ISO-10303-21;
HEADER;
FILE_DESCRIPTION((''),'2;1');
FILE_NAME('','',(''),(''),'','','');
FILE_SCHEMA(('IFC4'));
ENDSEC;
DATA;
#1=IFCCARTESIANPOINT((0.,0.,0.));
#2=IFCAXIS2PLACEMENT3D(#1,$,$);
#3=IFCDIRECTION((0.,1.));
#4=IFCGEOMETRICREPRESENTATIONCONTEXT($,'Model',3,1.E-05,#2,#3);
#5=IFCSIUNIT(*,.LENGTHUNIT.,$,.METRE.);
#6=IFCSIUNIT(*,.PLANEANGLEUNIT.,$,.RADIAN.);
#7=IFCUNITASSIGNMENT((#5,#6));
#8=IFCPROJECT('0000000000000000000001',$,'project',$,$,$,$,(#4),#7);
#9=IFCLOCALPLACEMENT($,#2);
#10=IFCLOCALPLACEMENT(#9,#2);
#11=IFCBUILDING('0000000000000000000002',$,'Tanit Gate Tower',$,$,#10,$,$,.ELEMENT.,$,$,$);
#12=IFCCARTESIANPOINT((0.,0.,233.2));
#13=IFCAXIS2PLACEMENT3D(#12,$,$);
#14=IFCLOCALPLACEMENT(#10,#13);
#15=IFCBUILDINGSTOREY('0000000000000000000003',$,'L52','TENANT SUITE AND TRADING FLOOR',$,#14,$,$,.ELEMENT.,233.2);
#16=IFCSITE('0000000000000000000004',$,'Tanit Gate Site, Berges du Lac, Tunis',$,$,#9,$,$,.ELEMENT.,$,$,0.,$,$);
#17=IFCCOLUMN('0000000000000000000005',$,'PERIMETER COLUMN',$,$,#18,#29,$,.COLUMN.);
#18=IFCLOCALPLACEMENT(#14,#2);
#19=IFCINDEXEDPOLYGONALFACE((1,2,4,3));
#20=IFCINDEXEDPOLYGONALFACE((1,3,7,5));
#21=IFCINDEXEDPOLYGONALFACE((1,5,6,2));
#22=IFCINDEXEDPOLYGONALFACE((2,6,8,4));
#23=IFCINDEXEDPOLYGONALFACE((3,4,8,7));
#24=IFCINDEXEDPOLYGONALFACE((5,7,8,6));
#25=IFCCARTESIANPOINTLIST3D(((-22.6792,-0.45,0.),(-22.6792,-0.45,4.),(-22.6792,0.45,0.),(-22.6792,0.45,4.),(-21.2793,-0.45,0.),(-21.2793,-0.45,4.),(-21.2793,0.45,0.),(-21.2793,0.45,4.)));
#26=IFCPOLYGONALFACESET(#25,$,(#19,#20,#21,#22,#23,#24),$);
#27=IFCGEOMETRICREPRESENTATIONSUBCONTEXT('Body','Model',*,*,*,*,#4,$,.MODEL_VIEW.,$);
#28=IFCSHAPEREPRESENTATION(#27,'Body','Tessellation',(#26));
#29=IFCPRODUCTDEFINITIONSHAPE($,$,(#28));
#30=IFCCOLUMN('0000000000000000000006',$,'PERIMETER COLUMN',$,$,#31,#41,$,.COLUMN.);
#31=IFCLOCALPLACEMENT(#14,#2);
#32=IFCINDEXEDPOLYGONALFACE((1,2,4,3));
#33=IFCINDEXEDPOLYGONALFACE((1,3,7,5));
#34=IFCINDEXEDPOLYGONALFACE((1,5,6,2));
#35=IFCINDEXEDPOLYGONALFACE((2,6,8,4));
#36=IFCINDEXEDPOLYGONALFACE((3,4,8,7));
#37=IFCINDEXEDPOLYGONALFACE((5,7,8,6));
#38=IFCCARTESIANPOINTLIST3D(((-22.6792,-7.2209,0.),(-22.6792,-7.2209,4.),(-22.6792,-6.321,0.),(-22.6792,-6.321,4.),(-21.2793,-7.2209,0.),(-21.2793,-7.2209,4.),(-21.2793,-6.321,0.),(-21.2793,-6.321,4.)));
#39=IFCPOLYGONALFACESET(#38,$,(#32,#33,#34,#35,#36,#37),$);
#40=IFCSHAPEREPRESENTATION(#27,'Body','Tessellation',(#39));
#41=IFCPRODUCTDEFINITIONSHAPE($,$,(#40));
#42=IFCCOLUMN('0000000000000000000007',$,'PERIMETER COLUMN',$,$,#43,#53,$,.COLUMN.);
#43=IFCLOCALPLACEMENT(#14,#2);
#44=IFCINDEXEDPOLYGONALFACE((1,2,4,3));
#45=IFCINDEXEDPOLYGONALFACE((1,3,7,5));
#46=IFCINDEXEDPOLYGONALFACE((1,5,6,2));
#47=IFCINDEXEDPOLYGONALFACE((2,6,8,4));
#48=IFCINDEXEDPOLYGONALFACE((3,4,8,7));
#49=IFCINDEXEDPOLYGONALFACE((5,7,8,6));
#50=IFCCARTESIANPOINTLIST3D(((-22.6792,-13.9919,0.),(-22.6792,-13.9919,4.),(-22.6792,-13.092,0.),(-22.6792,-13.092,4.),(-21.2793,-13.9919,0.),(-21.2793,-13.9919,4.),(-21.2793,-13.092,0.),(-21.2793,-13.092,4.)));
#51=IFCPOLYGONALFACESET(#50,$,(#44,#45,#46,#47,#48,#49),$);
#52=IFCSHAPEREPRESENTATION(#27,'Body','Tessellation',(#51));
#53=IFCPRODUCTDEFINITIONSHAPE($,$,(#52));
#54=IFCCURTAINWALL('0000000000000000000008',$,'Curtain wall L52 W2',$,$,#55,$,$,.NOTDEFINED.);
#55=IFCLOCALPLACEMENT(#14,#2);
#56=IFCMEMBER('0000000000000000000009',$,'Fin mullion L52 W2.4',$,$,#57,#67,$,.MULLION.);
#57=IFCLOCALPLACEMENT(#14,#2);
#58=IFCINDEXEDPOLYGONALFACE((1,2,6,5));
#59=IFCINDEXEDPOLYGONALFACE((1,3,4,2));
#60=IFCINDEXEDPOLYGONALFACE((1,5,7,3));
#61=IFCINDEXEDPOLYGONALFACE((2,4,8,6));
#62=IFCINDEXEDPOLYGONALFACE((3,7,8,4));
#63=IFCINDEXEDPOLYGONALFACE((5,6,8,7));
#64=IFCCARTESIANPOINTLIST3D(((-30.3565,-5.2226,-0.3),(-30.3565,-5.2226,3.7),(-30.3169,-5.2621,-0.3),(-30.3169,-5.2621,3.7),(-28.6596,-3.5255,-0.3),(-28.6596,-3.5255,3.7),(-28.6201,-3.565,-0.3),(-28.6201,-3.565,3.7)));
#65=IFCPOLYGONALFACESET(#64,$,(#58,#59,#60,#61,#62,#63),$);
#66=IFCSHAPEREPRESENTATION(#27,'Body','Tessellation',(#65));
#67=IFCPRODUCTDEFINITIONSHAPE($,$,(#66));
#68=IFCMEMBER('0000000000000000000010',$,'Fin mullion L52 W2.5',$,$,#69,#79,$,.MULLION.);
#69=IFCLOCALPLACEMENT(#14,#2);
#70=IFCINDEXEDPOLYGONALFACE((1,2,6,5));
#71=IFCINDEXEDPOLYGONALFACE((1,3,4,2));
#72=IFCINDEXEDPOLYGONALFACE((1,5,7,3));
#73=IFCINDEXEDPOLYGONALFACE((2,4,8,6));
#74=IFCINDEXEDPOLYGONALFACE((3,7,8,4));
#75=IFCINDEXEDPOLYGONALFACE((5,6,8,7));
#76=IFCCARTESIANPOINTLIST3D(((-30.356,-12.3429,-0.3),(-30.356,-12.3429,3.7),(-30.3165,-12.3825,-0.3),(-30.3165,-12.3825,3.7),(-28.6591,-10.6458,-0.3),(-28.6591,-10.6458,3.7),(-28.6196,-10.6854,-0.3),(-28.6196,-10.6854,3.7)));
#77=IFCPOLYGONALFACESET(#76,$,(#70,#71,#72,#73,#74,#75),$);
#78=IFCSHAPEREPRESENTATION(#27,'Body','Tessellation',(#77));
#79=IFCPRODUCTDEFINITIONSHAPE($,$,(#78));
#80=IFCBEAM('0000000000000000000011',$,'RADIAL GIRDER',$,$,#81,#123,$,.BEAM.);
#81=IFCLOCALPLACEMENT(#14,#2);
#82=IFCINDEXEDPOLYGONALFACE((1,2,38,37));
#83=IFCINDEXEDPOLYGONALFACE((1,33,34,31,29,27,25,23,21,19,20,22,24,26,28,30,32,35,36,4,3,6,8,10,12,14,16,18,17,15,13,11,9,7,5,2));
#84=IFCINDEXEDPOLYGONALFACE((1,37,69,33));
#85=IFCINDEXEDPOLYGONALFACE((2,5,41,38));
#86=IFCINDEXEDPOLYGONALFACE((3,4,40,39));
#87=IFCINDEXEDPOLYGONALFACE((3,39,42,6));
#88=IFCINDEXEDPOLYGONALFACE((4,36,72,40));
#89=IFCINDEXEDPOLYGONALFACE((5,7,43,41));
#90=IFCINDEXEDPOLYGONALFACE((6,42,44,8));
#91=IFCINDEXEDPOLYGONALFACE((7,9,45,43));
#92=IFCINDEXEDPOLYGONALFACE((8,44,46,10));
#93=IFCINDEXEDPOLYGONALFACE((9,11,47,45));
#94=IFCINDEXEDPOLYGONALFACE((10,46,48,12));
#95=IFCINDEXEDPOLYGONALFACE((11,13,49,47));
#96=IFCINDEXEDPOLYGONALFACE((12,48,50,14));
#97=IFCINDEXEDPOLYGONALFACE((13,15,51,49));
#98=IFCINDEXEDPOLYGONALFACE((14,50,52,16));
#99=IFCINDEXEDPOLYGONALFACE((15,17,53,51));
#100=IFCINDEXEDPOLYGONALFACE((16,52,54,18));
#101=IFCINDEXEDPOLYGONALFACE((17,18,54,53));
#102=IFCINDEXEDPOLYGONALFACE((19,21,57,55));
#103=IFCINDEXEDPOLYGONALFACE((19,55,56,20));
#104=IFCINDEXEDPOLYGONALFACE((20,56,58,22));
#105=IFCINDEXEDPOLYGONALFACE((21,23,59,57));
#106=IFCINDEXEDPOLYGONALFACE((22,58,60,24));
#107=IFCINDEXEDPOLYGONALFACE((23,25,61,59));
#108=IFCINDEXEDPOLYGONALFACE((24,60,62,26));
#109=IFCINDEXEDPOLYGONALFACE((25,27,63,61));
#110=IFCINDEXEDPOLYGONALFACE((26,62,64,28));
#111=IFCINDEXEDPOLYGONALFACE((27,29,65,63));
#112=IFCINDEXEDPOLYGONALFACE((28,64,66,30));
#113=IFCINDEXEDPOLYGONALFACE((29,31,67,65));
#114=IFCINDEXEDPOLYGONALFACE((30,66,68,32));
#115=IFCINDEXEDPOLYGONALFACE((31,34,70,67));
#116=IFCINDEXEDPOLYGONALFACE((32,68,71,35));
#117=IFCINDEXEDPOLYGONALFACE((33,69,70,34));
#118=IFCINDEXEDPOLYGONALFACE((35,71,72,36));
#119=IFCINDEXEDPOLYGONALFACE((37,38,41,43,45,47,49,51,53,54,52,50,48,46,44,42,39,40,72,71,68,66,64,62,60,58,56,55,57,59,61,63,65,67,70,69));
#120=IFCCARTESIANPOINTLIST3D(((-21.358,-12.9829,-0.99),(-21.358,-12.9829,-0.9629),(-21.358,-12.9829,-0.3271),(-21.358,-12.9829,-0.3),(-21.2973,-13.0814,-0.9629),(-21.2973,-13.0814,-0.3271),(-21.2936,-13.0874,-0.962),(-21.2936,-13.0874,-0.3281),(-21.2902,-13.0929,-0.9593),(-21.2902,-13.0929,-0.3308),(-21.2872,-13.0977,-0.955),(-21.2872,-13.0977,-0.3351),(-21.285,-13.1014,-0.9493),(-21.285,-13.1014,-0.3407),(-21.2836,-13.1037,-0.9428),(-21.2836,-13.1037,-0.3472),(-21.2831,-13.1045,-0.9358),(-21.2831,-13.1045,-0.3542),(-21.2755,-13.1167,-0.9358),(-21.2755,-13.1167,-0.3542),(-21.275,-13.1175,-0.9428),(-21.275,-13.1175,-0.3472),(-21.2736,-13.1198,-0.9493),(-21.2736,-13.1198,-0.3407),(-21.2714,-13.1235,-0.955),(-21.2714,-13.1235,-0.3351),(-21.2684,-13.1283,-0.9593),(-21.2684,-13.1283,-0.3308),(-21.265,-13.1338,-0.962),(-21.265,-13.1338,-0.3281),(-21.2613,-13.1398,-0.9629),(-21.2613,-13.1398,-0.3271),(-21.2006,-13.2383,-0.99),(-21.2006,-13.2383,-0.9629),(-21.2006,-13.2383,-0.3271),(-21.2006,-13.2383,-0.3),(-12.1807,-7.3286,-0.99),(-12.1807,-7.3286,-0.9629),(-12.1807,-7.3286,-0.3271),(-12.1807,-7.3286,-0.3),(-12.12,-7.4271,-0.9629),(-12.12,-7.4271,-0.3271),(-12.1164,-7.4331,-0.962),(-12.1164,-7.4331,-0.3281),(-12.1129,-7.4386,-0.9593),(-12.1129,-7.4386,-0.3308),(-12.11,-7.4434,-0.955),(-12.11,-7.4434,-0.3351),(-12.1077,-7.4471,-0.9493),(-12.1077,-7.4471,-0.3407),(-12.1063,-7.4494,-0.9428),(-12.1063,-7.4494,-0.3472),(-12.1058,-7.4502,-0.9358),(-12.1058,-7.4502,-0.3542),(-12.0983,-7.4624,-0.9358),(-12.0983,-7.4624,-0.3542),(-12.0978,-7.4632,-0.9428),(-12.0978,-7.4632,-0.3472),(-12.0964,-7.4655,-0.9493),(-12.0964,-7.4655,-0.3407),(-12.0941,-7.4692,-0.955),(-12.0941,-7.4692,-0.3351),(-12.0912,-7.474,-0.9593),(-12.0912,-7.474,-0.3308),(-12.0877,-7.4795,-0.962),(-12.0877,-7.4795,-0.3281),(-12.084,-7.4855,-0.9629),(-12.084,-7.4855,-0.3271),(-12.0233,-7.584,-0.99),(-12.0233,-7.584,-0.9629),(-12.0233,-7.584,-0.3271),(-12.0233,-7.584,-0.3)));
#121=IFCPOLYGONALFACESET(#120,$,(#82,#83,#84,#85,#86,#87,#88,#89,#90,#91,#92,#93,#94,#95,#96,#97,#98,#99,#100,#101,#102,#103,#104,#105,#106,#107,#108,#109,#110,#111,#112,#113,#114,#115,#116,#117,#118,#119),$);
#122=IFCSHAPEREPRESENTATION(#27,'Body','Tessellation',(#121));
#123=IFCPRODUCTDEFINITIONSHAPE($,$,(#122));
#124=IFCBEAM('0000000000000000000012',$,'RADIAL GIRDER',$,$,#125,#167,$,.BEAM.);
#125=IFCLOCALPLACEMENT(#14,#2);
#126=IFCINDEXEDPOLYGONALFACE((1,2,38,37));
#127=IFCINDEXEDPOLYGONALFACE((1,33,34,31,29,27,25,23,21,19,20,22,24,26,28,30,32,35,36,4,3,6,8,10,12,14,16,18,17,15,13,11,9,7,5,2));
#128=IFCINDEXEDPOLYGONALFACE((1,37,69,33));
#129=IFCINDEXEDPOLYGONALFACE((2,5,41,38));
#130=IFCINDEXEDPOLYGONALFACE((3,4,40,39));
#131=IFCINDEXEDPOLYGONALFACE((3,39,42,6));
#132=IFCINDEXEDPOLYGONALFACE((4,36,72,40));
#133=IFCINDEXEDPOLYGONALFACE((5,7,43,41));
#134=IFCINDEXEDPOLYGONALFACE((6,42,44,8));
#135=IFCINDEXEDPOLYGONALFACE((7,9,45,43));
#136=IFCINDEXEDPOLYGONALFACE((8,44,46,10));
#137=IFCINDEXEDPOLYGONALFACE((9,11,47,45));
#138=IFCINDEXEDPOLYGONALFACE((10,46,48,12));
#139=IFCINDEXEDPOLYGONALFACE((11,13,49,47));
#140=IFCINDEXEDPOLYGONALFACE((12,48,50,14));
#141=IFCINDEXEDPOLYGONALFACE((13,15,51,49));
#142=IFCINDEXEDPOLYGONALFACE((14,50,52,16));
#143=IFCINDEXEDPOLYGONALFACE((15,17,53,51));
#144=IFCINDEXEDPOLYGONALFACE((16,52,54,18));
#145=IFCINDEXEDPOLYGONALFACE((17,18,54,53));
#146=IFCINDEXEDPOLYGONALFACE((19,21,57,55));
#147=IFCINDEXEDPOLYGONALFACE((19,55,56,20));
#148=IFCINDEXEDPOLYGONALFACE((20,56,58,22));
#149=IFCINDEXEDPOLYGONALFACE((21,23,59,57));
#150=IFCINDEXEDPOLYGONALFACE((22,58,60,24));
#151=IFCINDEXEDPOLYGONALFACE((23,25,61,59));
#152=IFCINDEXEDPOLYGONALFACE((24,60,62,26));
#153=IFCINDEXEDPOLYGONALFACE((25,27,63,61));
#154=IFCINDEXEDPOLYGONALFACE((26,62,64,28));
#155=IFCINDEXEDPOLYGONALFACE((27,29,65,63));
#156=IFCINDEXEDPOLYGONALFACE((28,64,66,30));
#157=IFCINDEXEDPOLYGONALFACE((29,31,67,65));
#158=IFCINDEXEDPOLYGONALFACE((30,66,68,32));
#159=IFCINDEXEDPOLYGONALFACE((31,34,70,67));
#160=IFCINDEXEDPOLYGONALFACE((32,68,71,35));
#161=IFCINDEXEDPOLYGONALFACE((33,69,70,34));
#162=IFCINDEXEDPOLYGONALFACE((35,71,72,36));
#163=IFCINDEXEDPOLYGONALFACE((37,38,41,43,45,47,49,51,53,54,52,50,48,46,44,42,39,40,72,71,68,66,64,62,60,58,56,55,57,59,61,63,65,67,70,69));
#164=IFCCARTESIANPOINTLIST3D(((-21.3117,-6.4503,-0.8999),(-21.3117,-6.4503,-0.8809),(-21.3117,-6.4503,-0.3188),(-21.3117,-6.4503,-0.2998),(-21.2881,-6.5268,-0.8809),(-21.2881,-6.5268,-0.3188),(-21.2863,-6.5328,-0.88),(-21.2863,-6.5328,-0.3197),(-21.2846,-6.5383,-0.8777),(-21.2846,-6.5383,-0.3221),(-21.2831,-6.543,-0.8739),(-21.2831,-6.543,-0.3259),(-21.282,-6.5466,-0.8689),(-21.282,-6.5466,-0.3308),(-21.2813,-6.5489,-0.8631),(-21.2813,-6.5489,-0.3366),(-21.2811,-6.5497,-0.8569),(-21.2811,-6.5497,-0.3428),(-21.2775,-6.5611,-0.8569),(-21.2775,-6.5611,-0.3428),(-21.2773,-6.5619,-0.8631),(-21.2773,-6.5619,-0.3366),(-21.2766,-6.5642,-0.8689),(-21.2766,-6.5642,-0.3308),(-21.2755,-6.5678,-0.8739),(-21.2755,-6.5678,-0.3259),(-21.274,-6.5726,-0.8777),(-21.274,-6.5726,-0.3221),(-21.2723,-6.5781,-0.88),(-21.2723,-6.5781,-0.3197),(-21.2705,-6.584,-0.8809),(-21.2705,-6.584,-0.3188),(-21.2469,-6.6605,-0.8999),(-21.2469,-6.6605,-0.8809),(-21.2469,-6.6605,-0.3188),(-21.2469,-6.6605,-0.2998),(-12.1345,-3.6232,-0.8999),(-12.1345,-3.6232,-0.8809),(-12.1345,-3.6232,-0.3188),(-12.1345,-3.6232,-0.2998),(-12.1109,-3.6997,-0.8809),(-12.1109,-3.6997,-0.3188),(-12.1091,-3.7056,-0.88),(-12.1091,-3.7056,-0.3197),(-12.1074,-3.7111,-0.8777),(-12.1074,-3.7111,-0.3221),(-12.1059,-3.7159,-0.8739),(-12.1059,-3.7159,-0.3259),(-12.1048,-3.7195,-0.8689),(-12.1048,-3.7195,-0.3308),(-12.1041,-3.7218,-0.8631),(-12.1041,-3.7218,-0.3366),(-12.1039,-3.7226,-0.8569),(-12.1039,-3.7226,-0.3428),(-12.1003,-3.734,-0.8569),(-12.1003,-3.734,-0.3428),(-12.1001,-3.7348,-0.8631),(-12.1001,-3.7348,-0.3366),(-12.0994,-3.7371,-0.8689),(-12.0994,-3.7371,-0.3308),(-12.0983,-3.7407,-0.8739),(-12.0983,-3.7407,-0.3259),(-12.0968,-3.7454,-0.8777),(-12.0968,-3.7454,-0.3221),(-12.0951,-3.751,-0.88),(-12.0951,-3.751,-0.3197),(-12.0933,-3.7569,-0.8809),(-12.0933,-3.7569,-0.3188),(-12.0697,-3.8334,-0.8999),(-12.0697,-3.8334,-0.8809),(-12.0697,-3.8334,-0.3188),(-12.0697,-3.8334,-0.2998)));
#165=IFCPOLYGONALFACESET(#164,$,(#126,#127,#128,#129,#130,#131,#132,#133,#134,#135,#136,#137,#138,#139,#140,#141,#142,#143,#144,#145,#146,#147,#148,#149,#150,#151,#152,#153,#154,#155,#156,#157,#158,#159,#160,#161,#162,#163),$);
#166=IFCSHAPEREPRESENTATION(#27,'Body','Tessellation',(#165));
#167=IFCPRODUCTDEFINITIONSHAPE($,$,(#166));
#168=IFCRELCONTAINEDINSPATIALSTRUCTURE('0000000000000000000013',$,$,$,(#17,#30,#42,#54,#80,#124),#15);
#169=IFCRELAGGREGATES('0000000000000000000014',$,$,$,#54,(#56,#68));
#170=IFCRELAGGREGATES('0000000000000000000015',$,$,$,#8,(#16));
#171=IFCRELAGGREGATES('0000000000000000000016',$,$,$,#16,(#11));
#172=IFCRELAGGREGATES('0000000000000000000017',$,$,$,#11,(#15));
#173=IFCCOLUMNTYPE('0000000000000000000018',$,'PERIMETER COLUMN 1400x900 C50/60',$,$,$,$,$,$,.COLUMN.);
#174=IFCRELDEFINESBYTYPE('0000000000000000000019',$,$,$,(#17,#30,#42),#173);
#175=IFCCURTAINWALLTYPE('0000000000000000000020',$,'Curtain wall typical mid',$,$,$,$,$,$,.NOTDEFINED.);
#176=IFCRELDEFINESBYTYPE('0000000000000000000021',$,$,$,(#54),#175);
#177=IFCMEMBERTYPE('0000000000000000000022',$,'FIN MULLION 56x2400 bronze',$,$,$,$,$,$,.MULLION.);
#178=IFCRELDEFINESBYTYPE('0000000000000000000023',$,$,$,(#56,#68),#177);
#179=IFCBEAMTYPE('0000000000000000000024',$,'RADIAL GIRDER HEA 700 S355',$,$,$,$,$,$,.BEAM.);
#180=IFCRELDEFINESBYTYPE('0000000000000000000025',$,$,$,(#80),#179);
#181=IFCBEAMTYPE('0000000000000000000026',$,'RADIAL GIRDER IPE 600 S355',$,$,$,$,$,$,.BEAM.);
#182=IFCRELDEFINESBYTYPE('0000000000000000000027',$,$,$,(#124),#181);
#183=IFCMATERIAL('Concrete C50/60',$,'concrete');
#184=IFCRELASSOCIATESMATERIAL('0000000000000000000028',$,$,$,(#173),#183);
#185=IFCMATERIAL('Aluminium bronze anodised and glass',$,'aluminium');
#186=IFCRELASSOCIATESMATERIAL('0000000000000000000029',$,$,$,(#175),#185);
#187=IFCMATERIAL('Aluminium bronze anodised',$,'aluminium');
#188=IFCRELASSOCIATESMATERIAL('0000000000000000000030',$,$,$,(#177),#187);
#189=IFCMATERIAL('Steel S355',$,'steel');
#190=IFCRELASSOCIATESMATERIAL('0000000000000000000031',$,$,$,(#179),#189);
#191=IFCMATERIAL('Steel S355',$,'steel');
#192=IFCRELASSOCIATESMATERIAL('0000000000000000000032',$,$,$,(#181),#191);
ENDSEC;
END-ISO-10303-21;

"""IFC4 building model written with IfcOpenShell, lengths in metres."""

from ifc_helpers import new_model, si_unit, direction, frame, origin, origin_2d, place, context, subcontext, project, spatial, rectangle, i_section, extrude, material, material_profile, profile_set, type_object, element, aggregate, save


model = new_model("IFC4")

# Units and contexts
model_context = context("Model", 3, precision=1e-05, world=origin(), true_north=direction((0.0, 1.0)))
body_context = subcontext(model_context, "Body", "Model", "MODEL_VIEW")
ifc_project = project(units=[si_unit("LENGTHUNIT", "METRE"), si_unit("PLANEANGLEUNIT", "RADIAN")], contexts=[model_context])

# Site, building, storey
site_placement = place(None, origin())
site = spatial("IfcSite", under=ifc_project, at=site_placement, Name="Tanit Gate Site, Berges du Lac, Tunis", CompositionType="ELEMENT", RefElevation=0.0)
building_placement = place(site_placement, origin())
building = spatial("IfcBuilding", under=site, at=building_placement, Name="Tanit Gate Tower", CompositionType="ELEMENT")
storey_placement = place(building_placement, frame((0.0, 0.0, 233.2)))
storey = spatial("IfcBuildingStorey", under=building, at=storey_placement, Name="L52", Description="TENANT SUITE AND TRADING FLOOR", CompositionType="ELEMENT", Elevation=233.2)

# Columns
ifc_material_1 = material(Name="Concrete C50/60", Category="concrete")
ifc_material_profile_1 = material_profile(ifc_material_1, rectangle(XDim=1.3999, YDim=0.8999, at=origin_2d()), Name="RC 1400x900")
ifc_profile_set_1 = profile_set([ifc_material_profile_1], Name="Concrete C50/60")
column_type = type_object("IfcColumnType", Name="PERIMETER COLUMN 1400x900 C50/60", PredefinedType="COLUMN", material=ifc_profile_set_1)
for number, where, z_axis, x_axis, name in (
    (1, (-21.9792, 0.0, 0.0), (0.0, 0.0, 1.0), (-1.0, 0.0, 0.0), "PERIMETER COLUMN"),
    (2, (-21.9792, -6.771, 0.0), (0.0, 0.0, 1.0), (-1.0, 0.0, 0.0), "PERIMETER COLUMN"),
    (3, (-21.9792, -13.542, 0.0), (0.0, 0.0, 1.0), (-1.0, 0.0, 0.0), "PERIMETER COLUMN"),
):
    element("IfcColumn", number, at=place(storey_placement, frame(where, z_axis=z_axis, x_axis=x_axis)), inside=storey, type_object=column_type, Name=name, PredefinedType="COLUMN", context=body_context, shape_type="SweptSolid", body=[
        extrude(rectangle(XDim=1.3999, YDim=0.8999, at=origin_2d()), origin(), (0.0, 0.0, 1.0), 4.0),
    ])

# Curtain wall, members
ifc_material_2 = material(Name="Aluminium bronze anodised and glass", Category="aluminium")
curtain_wall_type = type_object("IfcCurtainWallType", Name="Curtain wall typical mid", PredefinedType="NOTDEFINED", material=ifc_material_2)
curtain_wall_placement = place(storey_placement, origin())
curtain_wall = element("IfcCurtainWall", 4, at=curtain_wall_placement, inside=storey, type_object=curtain_wall_type, Name="Curtain wall L52 W2", PredefinedType="NOTDEFINED")
ifc_material_3 = material(Name="Aluminium bronze anodised", Category="aluminium")
ifc_material_profile_2 = material_profile(ifc_material_3, rectangle(XDim=2.3999, YDim=0.0559, at=origin_2d()), Name="56x2400 bronze fin mullion")
ifc_profile_set_2 = profile_set([ifc_material_profile_2], Name="Aluminium bronze anodised")
member_type_1 = type_object("IfcMemberType", Name="FIN MULLION 56x2400 bronze", PredefinedType="MULLION", material=ifc_profile_set_2)
member_1_placement = place(storey_placement, frame((-29.4883, -4.3938, -0.3), z_axis=(0.0, 0.0, 1.0), x_axis=(0.707058, 0.707156, 0.0)))
member_1 = element("IfcMember", 5, at=member_1_placement, type_object=member_type_1, Name="Fin mullion L52 W2.4", PredefinedType="MULLION", context=body_context, shape_type="SweptSolid", body=[
    extrude(rectangle(XDim=2.3999, YDim=0.0559, at=origin_2d()), origin(), (0.0, 0.0, 1.0), 4.0),
])
member_2_placement = place(storey_placement, frame((-29.4878, -11.5142, -0.3), z_axis=(0.0, 0.0, 1.0), x_axis=(0.707058, 0.707156, 0.0)))
member_2 = element("IfcMember", 6, at=member_2_placement, type_object=member_type_1, Name="Fin mullion L52 W2.5", PredefinedType="MULLION", context=body_context, shape_type="SweptSolid", body=[
    extrude(rectangle(XDim=2.3999, YDim=0.0559, at=origin_2d()), origin(), (0.0, 0.0, 1.0), 4.0),
])

# Beams
ifc_material_4 = material(Name="Steel S355", Category="steel")
ifc_material_profile_3 = material_profile(ifc_material_4, i_section(OverallWidth=0.3, OverallDepth=0.6899, WebThickness=0.0144, FlangeThickness=0.0271, FilletRadius=0.0271, at=origin_2d()), Name="HEA 700")
ifc_profile_set_3 = profile_set([ifc_material_profile_3], Name="Steel S355")
beam_type_1 = type_object("IfcBeamType", Name="RADIAL GIRDER HEA 700 S355", PredefinedType="BEAM", material=ifc_profile_set_3)
beam_1_placement = place(storey_placement, frame((-21.2793, -13.1106, -0.645), z_axis=(0.851378, 0.524552, 0.0), x_axis=(-0.524552, 0.851378, 0.0)))
element("IfcBeam", 7, at=beam_1_placement, inside=storey, type_object=beam_type_1, Name="RADIAL GIRDER", PredefinedType="BEAM", context=body_context, shape_type="SweptSolid", body=[
    extrude(i_section(OverallWidth=0.3, OverallDepth=0.6899, WebThickness=0.0144, FlangeThickness=0.0271, FilletRadius=0.0271, at=origin_2d()), origin(), (0.0, 0.0, 1.0), 10.7793),
])
ifc_material_5 = material(Name="Steel S355", Category="steel")
ifc_material_profile_4 = material_profile(ifc_material_5, i_section(OverallWidth=0.22, OverallDepth=0.6001, WebThickness=0.012, FlangeThickness=0.019, FilletRadius=0.0239, at=origin_2d()), Name="IPE 600")
ifc_profile_set_4 = profile_set([ifc_material_profile_4], Name="Steel S355")
beam_type_2 = type_object("IfcBeamType", Name="RADIAL GIRDER IPE 600 S355", PredefinedType="BEAM", material=ifc_profile_set_4)
beam_2_placement = place(storey_placement, frame((-21.2793, -6.5554, -0.5999), z_axis=(0.95568, 0.294407, 0.0), x_axis=(-0.294407, 0.95568, 0.0)))
element("IfcBeam", 8, at=beam_2_placement, inside=storey, type_object=beam_type_2, Name="RADIAL GIRDER", PredefinedType="BEAM", context=body_context, shape_type="SweptSolid", body=[
    extrude(i_section(OverallWidth=0.22, OverallDepth=0.6001, WebThickness=0.012, FlangeThickness=0.019, FilletRadius=0.0239, at=origin_2d()), origin(), (0.0, 0.0, 1.0), 9.6028),
])

aggregate(curtain_wall, [member_1, member_2])

save(model, "model.ifc")
